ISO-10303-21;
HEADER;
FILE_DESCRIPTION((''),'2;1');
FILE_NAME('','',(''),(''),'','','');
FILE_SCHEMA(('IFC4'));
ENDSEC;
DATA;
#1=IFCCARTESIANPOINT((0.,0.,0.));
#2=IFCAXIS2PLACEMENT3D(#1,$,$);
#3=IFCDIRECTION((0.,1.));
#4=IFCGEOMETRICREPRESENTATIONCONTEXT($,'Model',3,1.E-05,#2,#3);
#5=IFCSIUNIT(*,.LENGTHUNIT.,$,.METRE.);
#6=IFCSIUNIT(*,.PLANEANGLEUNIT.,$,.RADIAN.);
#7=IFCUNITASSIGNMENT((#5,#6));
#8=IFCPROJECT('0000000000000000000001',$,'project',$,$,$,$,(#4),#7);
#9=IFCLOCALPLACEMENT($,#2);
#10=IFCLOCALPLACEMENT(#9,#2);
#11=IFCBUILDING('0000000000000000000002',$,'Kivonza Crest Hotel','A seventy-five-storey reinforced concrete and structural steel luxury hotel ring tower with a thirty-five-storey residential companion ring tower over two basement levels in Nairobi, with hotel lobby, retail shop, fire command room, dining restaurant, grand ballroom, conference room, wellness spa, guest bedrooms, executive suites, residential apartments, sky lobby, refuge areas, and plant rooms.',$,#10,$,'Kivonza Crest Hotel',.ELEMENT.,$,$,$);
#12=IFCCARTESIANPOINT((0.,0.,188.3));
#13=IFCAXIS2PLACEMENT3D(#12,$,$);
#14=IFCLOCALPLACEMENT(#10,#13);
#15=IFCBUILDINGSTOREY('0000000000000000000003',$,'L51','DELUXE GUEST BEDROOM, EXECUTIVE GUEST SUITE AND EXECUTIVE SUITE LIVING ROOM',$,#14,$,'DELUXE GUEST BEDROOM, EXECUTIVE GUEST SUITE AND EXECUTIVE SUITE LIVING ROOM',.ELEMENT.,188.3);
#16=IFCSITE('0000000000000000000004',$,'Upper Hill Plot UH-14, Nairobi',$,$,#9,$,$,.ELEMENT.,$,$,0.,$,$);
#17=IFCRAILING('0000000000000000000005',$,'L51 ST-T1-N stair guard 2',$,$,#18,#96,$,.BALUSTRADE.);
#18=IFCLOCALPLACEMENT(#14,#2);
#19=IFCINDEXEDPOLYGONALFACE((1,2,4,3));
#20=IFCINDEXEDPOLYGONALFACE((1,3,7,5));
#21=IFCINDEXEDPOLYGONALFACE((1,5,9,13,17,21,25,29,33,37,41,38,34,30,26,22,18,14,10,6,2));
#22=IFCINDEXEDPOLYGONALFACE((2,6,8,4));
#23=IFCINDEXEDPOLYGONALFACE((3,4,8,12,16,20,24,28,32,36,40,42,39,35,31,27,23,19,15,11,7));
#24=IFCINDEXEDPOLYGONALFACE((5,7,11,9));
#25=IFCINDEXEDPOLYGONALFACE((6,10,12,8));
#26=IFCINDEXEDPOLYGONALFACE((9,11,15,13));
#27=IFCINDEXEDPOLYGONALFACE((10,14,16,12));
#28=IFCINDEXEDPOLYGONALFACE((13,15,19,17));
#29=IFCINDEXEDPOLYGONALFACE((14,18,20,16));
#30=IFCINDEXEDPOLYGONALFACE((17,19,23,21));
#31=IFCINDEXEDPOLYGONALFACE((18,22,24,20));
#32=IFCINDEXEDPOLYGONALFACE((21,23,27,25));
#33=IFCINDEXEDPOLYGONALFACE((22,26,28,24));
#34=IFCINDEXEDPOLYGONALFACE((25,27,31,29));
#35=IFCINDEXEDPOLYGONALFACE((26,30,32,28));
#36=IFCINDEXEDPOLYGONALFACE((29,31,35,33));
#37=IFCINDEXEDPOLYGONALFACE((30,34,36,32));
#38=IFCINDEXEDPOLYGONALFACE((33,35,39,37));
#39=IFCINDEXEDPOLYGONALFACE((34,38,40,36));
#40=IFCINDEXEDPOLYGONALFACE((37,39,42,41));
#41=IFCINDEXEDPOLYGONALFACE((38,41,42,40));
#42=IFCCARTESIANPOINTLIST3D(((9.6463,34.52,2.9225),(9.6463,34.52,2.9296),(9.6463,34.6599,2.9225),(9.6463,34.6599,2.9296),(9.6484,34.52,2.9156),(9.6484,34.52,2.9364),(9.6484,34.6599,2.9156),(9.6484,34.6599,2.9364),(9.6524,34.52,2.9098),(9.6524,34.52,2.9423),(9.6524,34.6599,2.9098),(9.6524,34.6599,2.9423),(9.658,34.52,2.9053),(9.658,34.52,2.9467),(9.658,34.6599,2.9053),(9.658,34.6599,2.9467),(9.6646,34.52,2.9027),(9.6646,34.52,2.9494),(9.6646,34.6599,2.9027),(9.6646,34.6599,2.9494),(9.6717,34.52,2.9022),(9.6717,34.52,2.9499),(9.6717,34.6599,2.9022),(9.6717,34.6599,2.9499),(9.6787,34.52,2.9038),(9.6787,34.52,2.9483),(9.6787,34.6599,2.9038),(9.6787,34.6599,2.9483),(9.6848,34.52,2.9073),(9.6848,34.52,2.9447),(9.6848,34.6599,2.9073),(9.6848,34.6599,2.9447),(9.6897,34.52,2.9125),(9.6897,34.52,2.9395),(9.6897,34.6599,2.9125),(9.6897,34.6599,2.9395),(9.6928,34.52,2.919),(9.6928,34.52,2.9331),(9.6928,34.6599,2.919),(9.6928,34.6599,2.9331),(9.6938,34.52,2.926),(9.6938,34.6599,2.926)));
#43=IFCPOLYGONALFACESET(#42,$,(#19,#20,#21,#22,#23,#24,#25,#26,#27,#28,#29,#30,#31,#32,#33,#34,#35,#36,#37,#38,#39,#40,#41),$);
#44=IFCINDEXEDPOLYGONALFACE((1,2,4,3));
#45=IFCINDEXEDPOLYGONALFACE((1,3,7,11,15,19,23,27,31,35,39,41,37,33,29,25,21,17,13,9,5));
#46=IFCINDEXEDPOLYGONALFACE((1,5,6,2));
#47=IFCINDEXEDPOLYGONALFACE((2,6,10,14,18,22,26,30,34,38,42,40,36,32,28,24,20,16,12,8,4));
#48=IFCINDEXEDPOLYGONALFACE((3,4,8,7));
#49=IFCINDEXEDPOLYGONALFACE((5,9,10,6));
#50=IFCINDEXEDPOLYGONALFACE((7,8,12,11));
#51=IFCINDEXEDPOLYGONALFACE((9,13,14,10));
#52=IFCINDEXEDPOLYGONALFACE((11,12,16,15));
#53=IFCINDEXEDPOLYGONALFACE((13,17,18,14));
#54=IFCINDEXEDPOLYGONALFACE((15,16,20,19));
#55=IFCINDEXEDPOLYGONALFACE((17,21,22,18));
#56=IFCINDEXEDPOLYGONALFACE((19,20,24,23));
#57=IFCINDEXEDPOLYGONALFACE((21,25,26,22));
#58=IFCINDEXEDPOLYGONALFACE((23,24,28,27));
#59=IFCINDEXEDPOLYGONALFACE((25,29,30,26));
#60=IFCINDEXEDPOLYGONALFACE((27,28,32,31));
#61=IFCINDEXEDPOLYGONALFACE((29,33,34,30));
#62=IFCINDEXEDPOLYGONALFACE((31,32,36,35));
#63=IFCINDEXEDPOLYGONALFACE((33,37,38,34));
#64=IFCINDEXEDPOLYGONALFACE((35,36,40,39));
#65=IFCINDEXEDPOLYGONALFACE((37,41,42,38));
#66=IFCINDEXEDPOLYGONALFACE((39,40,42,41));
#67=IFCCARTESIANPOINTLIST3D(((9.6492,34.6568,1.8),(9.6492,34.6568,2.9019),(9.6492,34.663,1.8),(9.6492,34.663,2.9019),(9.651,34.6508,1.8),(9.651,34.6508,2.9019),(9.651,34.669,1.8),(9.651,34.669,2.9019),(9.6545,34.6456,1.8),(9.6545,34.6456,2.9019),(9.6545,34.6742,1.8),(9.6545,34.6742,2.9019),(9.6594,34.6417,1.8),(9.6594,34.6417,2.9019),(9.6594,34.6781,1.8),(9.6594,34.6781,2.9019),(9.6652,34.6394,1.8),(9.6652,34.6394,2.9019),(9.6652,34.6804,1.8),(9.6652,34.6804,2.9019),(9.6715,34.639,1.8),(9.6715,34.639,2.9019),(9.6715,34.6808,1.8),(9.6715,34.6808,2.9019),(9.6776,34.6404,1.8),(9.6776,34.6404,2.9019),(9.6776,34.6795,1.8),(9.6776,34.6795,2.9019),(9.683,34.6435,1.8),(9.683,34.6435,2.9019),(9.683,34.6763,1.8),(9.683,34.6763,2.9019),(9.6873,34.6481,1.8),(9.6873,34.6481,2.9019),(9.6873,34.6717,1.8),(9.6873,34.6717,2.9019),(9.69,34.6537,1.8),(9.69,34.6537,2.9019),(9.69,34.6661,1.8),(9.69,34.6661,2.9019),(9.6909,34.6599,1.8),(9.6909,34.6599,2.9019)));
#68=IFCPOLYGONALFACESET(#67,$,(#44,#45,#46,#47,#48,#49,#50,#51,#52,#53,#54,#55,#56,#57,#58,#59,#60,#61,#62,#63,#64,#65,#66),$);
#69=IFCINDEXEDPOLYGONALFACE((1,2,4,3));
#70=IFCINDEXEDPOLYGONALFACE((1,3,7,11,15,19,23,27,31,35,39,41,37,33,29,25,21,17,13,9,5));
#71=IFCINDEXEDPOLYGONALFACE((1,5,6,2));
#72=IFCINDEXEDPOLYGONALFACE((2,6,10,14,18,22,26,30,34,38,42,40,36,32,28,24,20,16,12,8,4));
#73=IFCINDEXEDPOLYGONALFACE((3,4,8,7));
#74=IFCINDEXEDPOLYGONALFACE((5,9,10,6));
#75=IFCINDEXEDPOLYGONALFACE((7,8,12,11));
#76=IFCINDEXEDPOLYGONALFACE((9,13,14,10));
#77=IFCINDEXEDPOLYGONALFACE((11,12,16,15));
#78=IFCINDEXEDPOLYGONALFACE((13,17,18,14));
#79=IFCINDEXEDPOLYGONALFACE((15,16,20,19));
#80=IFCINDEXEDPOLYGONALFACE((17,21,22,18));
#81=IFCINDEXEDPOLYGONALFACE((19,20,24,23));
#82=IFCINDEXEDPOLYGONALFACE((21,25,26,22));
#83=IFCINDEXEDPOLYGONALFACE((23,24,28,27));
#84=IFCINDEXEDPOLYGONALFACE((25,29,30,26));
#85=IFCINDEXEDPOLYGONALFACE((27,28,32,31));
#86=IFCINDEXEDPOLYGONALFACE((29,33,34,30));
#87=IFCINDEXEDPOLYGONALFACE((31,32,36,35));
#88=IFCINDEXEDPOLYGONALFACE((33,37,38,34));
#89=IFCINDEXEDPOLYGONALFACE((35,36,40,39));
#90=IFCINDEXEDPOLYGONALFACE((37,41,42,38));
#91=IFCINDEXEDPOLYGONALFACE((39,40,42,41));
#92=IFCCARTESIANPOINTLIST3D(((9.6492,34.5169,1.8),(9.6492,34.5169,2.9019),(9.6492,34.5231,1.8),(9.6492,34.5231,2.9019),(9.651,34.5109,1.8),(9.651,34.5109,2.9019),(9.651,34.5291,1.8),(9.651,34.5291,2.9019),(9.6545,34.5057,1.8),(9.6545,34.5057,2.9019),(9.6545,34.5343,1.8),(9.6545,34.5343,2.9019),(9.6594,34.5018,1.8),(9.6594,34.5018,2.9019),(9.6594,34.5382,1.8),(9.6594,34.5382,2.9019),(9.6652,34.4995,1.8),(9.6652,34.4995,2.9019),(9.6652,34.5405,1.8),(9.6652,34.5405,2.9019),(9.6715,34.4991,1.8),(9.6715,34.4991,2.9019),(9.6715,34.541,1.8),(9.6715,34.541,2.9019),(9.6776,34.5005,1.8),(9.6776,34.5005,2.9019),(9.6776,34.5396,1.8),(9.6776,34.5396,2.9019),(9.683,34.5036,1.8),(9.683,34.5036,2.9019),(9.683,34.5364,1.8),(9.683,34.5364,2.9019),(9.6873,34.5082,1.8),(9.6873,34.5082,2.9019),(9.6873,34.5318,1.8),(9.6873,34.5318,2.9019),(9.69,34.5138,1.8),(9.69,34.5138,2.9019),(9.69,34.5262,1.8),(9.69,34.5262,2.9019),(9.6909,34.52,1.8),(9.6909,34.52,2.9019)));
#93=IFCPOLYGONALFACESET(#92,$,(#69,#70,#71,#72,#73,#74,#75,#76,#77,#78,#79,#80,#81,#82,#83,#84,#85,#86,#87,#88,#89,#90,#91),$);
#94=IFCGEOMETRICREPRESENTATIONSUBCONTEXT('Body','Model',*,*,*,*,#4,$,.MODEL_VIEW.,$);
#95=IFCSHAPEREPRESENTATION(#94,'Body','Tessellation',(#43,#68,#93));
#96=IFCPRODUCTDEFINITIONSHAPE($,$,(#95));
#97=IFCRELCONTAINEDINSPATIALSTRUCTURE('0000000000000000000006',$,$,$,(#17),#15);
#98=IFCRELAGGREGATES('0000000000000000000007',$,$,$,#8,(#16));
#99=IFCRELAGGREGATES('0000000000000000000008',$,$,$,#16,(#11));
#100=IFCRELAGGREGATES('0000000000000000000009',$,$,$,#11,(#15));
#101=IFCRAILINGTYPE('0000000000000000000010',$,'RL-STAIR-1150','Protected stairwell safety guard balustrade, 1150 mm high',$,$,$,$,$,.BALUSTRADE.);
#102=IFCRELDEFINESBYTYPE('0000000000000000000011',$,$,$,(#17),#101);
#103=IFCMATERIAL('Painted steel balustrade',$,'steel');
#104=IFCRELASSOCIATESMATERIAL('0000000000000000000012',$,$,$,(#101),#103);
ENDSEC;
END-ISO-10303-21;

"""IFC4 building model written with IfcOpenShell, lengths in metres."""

from ifc_helpers import new_model, si_unit, direction, frame, origin, origin_2d, place, context, subcontext, project, spatial, circle, extrude, material, type_object, element, save


model = new_model("IFC4")

# Units and contexts
model_context = context("Model", 3, precision=1e-05, world=origin(), true_north=direction((0.0, 1.0)))
body_context = subcontext(model_context, "Body", "Model", "MODEL_VIEW")
ifc_project = project(units=[si_unit("LENGTHUNIT", "METRE"), si_unit("PLANEANGLEUNIT", "RADIAN")], contexts=[model_context])

# Site, building, storey
site_placement = place(None, origin())
site = spatial("IfcSite", under=ifc_project, at=site_placement, Name="Upper Hill Plot UH-14, Nairobi", CompositionType="ELEMENT", RefElevation=0.0)
building_placement = place(site_placement, origin())
building = spatial("IfcBuilding", under=site, at=building_placement, Name="Kivonza Crest Hotel", Description="A seventy-five-storey reinforced concrete and structural steel luxury hotel ring tower with a thirty-five-storey residential companion ring tower over two basement levels in Nairobi, with hotel lobby, retail shop, fire command room, dining restaurant, grand ballroom, conference room, wellness spa, guest bedrooms, executive suites, residential apartments, sky lobby, refuge areas, and plant rooms.", LongName="Kivonza Crest Hotel", CompositionType="ELEMENT")
storey_placement = place(building_placement, frame((0.0, 0.0, 188.3)))
storey = spatial("IfcBuildingStorey", under=building, at=storey_placement, Name="L51", Description="DELUXE GUEST BEDROOM, EXECUTIVE GUEST SUITE AND EXECUTIVE SUITE LIVING ROOM", LongName="DELUXE GUEST BEDROOM, EXECUTIVE GUEST SUITE AND EXECUTIVE SUITE LIVING ROOM", CompositionType="ELEMENT", Elevation=188.3)

# Railing
ifc_material_1 = material(Name="Painted steel balustrade", Category="steel")
railing_type_1 = type_object("IfcRailingType", Name="RL-STAIR-1150", Description="Protected stairwell safety guard balustrade, 1150 mm high", PredefinedType="BALUSTRADE", material=ifc_material_1)
railing_1_placement = place(storey_placement, frame((9.6699, 34.6599, 1.8)))
element("IfcRailing", 1, at=railing_1_placement, inside=storey, type_object=railing_type_1, Name="L51 ST-T1-N stair guard 2", PredefinedType="BALUSTRADE", context=body_context, shape_type="SweptSolid", body=[
    extrude(circle(Radius=0.0239, at=origin_2d()), frame((0.0, 0.0, 1.126), z_axis=(0.0, -1.0, 0.0), x_axis=(1.0, 0.0, 0.0)), (0.0, 0.0, 1.0), 0.1399),
    extrude(circle(Radius=0.021, at=origin_2d()), origin(), (0.0, 0.0, 1.0), 1.1018),
    extrude(circle(Radius=0.021, at=origin_2d()), frame((0.0, -0.1399, 0.0)), (0.0, 0.0, 1.0), 1.1018),
])

save(model, "model.ifc")
